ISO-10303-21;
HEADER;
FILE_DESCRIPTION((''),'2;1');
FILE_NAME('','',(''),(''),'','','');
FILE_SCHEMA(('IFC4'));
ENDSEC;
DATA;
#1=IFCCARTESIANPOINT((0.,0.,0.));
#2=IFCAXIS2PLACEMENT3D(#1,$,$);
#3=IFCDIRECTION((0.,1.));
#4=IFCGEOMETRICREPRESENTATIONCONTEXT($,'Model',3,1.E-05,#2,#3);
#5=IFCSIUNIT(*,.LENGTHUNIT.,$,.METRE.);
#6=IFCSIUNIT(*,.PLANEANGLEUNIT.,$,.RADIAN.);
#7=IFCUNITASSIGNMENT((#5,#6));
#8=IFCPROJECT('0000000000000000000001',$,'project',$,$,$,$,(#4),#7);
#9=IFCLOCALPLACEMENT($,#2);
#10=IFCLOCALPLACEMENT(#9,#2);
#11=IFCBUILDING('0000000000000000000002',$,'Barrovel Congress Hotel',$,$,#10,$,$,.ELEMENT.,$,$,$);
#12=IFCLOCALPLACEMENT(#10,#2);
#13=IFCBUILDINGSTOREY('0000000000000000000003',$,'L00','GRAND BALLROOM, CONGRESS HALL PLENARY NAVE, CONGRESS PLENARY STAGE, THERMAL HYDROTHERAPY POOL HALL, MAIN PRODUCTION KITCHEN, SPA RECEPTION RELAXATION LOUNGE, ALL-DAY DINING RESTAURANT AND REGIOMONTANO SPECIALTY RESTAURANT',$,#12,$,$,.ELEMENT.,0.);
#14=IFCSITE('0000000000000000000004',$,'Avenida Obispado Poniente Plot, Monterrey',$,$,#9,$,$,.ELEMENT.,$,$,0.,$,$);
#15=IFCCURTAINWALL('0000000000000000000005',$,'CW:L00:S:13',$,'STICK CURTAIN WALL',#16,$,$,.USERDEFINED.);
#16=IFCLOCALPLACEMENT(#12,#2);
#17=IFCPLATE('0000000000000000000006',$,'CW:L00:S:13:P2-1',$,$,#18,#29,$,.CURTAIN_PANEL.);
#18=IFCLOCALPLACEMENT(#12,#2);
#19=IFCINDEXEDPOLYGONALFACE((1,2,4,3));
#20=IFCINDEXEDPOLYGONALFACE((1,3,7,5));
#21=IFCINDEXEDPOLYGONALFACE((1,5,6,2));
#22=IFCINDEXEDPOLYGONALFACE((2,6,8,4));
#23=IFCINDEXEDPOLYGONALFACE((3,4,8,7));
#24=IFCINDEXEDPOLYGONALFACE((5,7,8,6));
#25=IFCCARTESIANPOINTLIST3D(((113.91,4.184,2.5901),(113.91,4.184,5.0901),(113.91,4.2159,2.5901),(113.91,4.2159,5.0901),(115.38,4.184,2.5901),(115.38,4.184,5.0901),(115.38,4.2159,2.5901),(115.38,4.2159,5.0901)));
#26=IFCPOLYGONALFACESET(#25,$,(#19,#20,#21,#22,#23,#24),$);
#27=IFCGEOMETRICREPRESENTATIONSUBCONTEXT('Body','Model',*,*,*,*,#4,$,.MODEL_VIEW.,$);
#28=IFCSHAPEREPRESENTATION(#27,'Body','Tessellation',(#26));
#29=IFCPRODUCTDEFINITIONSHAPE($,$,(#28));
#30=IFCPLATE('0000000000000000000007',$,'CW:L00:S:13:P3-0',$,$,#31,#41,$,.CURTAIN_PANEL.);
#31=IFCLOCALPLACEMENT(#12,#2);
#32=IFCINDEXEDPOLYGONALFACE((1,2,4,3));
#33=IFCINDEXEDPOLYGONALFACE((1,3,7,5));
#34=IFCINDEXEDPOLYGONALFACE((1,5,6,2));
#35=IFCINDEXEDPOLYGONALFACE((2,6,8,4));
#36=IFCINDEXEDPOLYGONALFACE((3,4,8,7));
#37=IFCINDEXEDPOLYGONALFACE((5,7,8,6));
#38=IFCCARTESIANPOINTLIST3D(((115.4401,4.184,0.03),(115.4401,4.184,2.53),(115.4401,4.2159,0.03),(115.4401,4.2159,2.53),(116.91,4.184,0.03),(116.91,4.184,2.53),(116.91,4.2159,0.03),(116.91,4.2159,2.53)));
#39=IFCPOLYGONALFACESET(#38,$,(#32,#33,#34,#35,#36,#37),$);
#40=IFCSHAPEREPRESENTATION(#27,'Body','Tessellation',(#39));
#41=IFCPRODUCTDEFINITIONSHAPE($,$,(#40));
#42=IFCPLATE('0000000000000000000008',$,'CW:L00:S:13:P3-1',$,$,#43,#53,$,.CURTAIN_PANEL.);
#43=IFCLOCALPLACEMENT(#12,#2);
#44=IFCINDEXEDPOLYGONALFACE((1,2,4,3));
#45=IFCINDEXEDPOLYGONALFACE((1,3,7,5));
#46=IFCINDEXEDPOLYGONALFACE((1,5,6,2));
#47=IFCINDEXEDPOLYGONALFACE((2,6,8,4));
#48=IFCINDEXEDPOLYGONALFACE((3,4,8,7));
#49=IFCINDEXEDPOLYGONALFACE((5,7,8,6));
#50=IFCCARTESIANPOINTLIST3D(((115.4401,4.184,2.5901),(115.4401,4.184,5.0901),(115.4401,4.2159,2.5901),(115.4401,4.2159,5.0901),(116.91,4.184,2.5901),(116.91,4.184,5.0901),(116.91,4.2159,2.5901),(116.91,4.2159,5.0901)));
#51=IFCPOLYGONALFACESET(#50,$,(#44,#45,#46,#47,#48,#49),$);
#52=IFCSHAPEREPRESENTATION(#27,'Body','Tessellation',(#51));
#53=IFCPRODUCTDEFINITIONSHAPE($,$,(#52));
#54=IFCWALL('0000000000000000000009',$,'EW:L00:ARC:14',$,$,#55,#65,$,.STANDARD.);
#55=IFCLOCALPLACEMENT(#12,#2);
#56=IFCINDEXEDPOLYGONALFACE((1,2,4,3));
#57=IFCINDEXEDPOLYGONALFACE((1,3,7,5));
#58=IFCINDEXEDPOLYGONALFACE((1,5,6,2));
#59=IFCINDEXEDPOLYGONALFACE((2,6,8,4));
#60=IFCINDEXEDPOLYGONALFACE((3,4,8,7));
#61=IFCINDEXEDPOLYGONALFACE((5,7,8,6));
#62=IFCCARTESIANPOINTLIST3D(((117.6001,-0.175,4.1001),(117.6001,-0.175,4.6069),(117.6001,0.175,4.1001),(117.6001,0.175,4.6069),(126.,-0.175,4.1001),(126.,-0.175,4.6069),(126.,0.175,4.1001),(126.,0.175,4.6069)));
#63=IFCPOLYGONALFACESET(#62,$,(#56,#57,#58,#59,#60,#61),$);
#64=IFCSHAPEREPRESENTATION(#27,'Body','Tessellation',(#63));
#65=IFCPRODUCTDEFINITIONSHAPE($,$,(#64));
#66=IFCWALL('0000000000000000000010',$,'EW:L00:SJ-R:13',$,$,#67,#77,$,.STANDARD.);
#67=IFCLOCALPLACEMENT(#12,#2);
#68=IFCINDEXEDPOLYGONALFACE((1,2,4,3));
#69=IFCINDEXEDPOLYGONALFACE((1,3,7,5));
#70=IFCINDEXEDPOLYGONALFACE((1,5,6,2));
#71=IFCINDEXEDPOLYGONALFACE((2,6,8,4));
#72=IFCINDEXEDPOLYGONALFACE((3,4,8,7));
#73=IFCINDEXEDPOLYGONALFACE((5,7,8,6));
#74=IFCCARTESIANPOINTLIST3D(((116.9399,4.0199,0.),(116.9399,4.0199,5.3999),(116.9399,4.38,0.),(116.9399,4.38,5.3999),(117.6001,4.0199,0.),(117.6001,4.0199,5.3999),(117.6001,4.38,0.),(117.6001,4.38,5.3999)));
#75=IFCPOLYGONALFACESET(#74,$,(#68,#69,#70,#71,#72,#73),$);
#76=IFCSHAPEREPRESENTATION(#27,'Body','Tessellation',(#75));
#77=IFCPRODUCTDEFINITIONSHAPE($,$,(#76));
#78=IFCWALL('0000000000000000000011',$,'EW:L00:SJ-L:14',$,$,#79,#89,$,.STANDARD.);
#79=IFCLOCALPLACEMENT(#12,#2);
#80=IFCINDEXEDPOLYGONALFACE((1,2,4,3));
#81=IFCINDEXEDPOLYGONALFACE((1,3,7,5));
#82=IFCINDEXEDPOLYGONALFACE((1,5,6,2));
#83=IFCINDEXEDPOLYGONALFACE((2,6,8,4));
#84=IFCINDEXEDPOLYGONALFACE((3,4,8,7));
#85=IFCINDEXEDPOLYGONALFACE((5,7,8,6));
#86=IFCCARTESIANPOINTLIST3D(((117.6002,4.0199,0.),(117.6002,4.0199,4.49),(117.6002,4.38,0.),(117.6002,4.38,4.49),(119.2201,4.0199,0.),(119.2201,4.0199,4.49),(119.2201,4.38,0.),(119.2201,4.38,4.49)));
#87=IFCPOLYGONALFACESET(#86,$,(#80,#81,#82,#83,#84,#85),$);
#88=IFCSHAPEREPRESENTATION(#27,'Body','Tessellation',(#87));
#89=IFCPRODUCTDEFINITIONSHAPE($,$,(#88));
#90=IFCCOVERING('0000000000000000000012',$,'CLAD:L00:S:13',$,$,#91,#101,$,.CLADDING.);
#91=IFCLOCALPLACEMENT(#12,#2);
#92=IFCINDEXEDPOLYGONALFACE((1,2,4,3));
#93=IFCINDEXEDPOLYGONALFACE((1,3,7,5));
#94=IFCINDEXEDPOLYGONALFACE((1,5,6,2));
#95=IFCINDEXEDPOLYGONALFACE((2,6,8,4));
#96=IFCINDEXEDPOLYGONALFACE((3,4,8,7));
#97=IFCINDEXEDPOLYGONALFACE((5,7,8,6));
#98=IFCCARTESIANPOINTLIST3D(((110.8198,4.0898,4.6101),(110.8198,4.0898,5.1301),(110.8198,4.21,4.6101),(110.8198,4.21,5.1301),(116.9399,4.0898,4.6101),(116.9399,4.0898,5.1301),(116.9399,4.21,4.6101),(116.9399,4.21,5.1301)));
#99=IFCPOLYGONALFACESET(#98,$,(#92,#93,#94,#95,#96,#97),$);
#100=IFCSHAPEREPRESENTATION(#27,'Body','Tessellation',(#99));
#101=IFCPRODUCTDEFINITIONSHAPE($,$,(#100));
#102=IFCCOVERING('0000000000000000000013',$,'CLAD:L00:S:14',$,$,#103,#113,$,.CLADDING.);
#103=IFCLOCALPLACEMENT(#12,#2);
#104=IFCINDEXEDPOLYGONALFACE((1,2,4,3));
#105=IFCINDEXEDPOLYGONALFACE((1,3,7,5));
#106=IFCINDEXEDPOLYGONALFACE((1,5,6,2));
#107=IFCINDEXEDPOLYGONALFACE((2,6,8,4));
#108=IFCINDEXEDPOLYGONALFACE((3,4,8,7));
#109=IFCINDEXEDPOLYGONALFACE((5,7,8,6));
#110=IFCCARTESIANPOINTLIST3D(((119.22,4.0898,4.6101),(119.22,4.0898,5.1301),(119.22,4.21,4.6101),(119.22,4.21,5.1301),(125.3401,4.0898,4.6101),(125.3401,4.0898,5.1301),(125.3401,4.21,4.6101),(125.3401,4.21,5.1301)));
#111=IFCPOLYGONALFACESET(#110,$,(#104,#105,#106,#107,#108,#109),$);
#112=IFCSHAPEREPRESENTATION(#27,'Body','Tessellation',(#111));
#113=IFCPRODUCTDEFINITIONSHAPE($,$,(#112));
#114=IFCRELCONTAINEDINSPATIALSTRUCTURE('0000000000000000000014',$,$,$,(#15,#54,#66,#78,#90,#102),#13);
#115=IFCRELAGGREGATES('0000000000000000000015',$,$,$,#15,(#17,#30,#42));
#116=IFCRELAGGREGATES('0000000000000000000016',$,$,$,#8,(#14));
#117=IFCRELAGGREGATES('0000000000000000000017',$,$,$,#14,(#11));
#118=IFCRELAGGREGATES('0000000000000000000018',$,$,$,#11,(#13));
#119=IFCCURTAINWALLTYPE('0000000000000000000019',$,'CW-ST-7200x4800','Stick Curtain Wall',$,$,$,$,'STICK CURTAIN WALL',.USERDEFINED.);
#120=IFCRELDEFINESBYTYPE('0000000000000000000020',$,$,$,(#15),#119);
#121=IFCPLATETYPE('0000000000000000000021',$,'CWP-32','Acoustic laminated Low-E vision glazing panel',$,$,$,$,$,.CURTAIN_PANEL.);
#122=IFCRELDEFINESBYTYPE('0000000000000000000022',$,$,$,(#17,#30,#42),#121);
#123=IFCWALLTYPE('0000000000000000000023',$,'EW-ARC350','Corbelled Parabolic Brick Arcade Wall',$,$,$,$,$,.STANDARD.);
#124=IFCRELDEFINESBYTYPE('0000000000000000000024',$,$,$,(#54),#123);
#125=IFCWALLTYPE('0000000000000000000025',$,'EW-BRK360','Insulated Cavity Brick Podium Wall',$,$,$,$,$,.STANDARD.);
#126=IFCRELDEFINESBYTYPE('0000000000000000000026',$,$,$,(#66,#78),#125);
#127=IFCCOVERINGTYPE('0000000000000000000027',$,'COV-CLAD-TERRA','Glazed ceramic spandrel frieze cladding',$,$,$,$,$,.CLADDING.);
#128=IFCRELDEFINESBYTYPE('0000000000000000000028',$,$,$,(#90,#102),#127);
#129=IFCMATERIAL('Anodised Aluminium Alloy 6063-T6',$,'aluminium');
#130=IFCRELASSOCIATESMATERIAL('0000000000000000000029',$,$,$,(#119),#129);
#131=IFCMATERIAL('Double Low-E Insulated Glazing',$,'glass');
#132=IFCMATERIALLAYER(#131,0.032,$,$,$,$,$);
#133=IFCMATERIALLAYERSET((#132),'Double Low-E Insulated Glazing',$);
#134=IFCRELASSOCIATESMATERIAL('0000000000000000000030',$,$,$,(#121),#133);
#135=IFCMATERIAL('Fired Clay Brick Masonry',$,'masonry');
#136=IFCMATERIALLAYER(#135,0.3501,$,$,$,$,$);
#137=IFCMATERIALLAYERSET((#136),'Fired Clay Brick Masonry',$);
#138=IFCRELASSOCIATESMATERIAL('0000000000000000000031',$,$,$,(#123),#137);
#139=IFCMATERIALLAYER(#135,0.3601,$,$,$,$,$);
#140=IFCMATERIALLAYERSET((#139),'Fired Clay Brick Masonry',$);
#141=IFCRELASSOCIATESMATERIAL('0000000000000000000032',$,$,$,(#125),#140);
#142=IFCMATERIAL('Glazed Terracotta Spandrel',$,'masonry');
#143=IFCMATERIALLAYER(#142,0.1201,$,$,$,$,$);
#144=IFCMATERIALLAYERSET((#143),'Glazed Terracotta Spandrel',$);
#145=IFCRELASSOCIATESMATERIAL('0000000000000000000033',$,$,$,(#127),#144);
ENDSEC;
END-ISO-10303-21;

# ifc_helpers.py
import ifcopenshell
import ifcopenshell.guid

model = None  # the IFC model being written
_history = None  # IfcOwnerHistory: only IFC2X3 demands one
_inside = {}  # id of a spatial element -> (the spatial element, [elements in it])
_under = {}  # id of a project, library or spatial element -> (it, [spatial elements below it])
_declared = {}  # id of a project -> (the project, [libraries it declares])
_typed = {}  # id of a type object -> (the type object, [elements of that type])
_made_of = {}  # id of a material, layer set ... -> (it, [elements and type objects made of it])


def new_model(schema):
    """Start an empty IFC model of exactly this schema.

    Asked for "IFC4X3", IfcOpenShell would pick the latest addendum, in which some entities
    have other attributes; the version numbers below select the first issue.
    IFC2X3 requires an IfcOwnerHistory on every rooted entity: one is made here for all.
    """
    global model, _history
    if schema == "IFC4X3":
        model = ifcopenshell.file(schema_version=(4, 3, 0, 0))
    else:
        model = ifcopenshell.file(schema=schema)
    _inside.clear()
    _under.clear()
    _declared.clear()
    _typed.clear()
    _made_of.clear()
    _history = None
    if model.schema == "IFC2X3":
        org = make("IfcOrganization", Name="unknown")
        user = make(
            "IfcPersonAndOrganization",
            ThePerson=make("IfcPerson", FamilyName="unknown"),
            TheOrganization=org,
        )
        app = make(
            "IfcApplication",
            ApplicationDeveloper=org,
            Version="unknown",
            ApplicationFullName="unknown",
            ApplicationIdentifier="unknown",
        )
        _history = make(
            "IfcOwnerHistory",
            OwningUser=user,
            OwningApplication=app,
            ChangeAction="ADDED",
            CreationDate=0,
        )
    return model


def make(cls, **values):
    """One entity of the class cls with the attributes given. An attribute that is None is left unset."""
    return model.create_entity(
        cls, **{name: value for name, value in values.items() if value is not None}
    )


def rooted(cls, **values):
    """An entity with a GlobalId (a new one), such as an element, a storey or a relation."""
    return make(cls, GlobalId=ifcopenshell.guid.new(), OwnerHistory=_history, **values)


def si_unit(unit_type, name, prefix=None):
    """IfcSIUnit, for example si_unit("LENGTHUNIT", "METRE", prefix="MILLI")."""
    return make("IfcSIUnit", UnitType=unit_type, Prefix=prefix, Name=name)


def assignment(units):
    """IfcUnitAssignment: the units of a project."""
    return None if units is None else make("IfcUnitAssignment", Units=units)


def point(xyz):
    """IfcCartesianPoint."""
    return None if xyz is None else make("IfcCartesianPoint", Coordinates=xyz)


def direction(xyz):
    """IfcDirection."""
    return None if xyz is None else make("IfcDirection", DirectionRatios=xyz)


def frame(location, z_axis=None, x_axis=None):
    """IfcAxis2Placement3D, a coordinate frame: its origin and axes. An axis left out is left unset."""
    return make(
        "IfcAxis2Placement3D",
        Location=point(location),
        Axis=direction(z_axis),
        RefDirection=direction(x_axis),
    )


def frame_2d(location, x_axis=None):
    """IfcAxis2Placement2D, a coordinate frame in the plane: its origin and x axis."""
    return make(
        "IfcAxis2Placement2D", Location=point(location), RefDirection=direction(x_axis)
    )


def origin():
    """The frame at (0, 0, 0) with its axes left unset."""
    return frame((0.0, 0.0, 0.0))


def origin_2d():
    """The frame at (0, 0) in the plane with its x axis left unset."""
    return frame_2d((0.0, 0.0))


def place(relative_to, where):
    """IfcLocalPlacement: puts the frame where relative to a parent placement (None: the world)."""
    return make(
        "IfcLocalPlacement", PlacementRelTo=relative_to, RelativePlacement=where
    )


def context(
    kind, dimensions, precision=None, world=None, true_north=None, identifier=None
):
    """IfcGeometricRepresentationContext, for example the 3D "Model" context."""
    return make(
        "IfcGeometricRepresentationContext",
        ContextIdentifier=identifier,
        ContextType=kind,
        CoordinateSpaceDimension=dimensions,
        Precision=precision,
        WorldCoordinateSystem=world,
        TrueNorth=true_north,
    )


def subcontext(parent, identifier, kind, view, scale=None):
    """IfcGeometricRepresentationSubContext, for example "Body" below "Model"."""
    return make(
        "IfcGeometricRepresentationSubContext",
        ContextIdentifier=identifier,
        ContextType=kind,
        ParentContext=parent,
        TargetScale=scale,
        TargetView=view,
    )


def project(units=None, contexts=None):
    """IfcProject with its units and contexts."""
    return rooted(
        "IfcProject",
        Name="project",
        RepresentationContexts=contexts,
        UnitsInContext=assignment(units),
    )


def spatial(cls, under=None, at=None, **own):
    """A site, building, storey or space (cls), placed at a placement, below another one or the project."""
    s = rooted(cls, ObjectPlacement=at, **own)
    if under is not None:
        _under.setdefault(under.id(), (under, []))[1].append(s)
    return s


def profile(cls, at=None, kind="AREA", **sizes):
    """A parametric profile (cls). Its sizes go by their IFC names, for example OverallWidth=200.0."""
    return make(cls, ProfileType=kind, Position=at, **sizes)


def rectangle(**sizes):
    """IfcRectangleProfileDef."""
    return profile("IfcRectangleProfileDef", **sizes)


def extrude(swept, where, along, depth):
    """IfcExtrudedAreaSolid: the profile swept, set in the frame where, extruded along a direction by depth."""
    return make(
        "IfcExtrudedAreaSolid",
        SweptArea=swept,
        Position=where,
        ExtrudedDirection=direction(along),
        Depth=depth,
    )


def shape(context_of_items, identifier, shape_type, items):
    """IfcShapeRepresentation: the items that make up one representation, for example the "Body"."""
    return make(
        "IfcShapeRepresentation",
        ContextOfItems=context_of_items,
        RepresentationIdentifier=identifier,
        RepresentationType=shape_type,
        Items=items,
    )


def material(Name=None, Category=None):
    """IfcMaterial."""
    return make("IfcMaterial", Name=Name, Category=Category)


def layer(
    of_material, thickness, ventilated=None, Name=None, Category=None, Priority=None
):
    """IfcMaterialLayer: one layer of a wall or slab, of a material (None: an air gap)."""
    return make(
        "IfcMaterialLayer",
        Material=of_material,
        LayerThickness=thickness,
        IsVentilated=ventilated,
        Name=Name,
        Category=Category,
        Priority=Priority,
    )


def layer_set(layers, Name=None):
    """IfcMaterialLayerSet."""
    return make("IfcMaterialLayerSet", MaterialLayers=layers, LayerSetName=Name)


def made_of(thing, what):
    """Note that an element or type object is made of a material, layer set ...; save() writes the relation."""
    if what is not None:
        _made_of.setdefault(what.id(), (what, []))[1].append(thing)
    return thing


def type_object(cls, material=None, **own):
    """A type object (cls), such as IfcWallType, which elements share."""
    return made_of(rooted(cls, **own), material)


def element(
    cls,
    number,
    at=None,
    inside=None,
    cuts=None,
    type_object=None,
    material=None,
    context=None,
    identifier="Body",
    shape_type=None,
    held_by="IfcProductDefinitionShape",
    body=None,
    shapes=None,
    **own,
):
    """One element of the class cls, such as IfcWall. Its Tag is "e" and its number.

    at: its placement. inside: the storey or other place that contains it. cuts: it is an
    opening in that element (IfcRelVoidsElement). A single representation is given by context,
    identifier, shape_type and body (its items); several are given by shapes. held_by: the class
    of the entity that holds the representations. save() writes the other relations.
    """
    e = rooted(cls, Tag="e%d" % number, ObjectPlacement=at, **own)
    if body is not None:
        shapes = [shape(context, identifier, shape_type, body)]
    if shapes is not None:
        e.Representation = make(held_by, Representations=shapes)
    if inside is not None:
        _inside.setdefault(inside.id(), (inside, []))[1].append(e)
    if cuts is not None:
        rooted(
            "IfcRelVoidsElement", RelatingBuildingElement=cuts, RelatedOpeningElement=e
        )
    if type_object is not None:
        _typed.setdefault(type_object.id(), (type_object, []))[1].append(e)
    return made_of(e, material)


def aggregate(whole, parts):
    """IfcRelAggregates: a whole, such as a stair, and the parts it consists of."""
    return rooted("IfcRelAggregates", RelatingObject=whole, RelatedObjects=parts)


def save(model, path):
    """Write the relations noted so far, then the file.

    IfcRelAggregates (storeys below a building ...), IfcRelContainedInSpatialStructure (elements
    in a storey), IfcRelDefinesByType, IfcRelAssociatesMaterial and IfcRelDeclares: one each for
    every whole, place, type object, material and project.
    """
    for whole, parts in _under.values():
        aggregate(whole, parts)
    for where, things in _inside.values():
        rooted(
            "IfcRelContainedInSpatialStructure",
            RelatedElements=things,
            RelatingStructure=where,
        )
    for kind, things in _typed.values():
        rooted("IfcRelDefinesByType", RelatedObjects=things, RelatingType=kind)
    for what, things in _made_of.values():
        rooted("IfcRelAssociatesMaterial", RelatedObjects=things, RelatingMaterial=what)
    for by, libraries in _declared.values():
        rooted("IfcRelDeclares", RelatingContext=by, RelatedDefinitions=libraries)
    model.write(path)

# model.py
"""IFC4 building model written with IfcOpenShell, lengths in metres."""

from ifc_helpers import new_model, si_unit, direction, frame, frame_2d, origin, origin_2d, place, context, subcontext, project, spatial, rectangle, extrude, material, layer, layer_set, type_object, element, aggregate, save


model = new_model("IFC4")

# Units and contexts
model_context = context("Model", 3, precision=1e-05, world=origin(), true_north=direction((0.0, 1.0)))
body_context = subcontext(model_context, "Body", "Model", "MODEL_VIEW")
ifc_project = project(units=[si_unit("LENGTHUNIT", "METRE"), si_unit("PLANEANGLEUNIT", "RADIAN")], contexts=[model_context])

# Site, building, storey
site_placement = place(None, origin())
site = spatial("IfcSite", under=ifc_project, at=site_placement, Name="Avenida Obispado Poniente Plot, Monterrey", CompositionType="ELEMENT", RefElevation=0.0)
building_placement = place(site_placement, origin())
building = spatial("IfcBuilding", under=site, at=building_placement, Name="Barrovel Congress Hotel", CompositionType="ELEMENT")
storey_placement = place(building_placement, origin())
storey = spatial("IfcBuildingStorey", under=building, at=storey_placement, Name="L00", Description="GRAND BALLROOM, CONGRESS HALL PLENARY NAVE, CONGRESS PLENARY STAGE, THERMAL HYDROTHERAPY POOL HALL, MAIN PRODUCTION KITCHEN, SPA RECEPTION RELAXATION LOUNGE, ALL-DAY DINING RESTAURANT AND REGIOMONTANO SPECIALTY RESTAURANT", CompositionType="ELEMENT", Elevation=0.0)

# Curtain wall
ifc_material_1 = material(Name="Anodised Aluminium Alloy 6063-T6", Category="aluminium")
curtain_wall_type = type_object("IfcCurtainWallType", Name="CW-ST-7200x4800", Description="Stick Curtain Wall", ElementType="STICK CURTAIN WALL", PredefinedType="USERDEFINED", material=ifc_material_1)
curtain_wall_1_placement = place(storey_placement, origin())
curtain_wall_1 = element("IfcCurtainWall", 1, at=curtain_wall_1_placement, inside=storey, type_object=curtain_wall_type, Name="CW:L00:S:13", ObjectType="STICK CURTAIN WALL", PredefinedType="USERDEFINED")

# Plates
ifc_material_2 = material(Name="Double Low-E Insulated Glazing", Category="glass")
ifc_layer_1 = layer(ifc_material_2, 0.032)
ifc_layer_set_1 = layer_set([ifc_layer_1], Name="Double Low-E Insulated Glazing")
plate_type_1 = type_object("IfcPlateType", Name="CWP-32", Description="Acoustic laminated Low-E vision glazing panel", PredefinedType="CURTAIN_PANEL", material=ifc_layer_set_1)
plate_1_placement = place(storey_placement, frame((114.645, 4.2, 2.5901), z_axis=(0.0, 0.0, 1.0), x_axis=(1.0, 0.0, 0.0)))
plate_1 = element("IfcPlate", 2, at=plate_1_placement, type_object=plate_type_1, Name="CW:L00:S:13:P2-1", PredefinedType="CURTAIN_PANEL", context=body_context, shape_type="SweptSolid", body=[
    extrude(rectangle(XDim=1.47, YDim=0.032, at=origin_2d()), origin(), (0.0, 0.0, 1.0), 2.5),
])
plate_2_placement = place(storey_placement, frame((116.175, 4.2, 0.03), z_axis=(0.0, 0.0, 1.0), x_axis=(1.0, 0.0, 0.0)))
plate_2 = element("IfcPlate", 3, at=plate_2_placement, type_object=plate_type_1, Name="CW:L00:S:13:P3-0", PredefinedType="CURTAIN_PANEL", context=body_context, shape_type="SweptSolid", body=[
    extrude(rectangle(XDim=1.47, YDim=0.032, at=origin_2d()), origin(), (0.0, 0.0, 1.0), 2.5),
])
plate_3_placement = place(storey_placement, frame((116.175, 4.2, 2.5901), z_axis=(0.0, 0.0, 1.0), x_axis=(1.0, 0.0, 0.0)))
plate_3 = element("IfcPlate", 4, at=plate_3_placement, type_object=plate_type_1, Name="CW:L00:S:13:P3-1", PredefinedType="CURTAIN_PANEL", context=body_context, shape_type="SweptSolid", body=[
    extrude(rectangle(XDim=1.47, YDim=0.032, at=origin_2d()), origin(), (0.0, 0.0, 1.0), 2.5),
])
aggregate(curtain_wall_1, [plate_1, plate_2, plate_3])

# Walls
ifc_material_3 = material(Name="Fired Clay Brick Masonry", Category="masonry")
ifc_layer_2 = layer(ifc_material_3, 0.3501)
ifc_layer_set_2 = layer_set([ifc_layer_2], Name="Fired Clay Brick Masonry")
wall_type_1 = type_object("IfcWallType", Name="EW-ARC350", Description="Corbelled Parabolic Brick Arcade Wall", PredefinedType="STANDARD", material=ifc_layer_set_2)
wall_1_placement = place(storey_placement, frame((117.6001, 0.0, 4.1001), z_axis=(0.0, 0.0, 1.0), x_axis=(1.0, 0.0, 0.0)))
element("IfcWall", 5, at=wall_1_placement, inside=storey, type_object=wall_type_1, Name="EW:L00:ARC:14", PredefinedType="STANDARD", context=body_context, shape_type="SweptSolid", body=[
    extrude(rectangle(XDim=8.3999, YDim=0.3501, at=frame_2d((4.2, 0.0))), origin(), (0.0, 0.0, 1.0), 0.5068),
])
ifc_layer_3 = layer(ifc_material_3, 0.3601)
ifc_layer_set_3 = layer_set([ifc_layer_3], Name="Fired Clay Brick Masonry")
wall_type_2 = type_object("IfcWallType", Name="EW-BRK360", Description="Insulated Cavity Brick Podium Wall", PredefinedType="STANDARD", material=ifc_layer_set_3)
wall_2_placement = place(storey_placement, frame((116.9399, 4.2, 0.0), z_axis=(0.0, 0.0, 1.0), x_axis=(1.0, 0.0, 0.0)))
element("IfcWall", 6, at=wall_2_placement, inside=storey, type_object=wall_type_2, Name="EW:L00:SJ-R:13", PredefinedType="STANDARD", context=body_context, shape_type="SweptSolid", body=[
    extrude(rectangle(XDim=0.6602, YDim=0.3601, at=frame_2d((0.3301, 0.0))), origin(), (0.0, 0.0, 1.0), 5.3999),
])
wall_3_placement = place(storey_placement, frame((117.6001, 4.2, 0.0), z_axis=(0.0, 0.0, 1.0), x_axis=(1.0, 0.0, 0.0)))
element("IfcWall", 7, at=wall_3_placement, inside=storey, type_object=wall_type_2, Name="EW:L00:SJ-L:14", PredefinedType="STANDARD", context=body_context, shape_type="SweptSolid", body=[
    extrude(rectangle(XDim=1.6199, YDim=0.3601, at=frame_2d((0.8101, 0.0))), origin(), (0.0, 0.0, 1.0), 4.49),
])

# Coverings
ifc_material_4 = material(Name="Glazed Terracotta Spandrel", Category="masonry")
ifc_layer_4 = layer(ifc_material_4, 0.1201)
ifc_layer_set_4 = layer_set([ifc_layer_4], Name="Glazed Terracotta Spandrel")
covering_type = type_object("IfcCoveringType", Name="COV-CLAD-TERRA", Description="Glazed ceramic spandrel frieze cladding", PredefinedType="CLADDING", material=ifc_layer_set_4)
for number, where, z_axis, x_axis, name in (
    (8, (113.8799, 4.1499, 4.6101), (0.0, 0.0, 1.0), (1.0, 0.0, 0.0), "CLAD:L00:S:13"),
    (9, (122.28, 4.1499, 4.6101), (0.0, 0.0, 1.0), (1.0, 0.0, 0.0), "CLAD:L00:S:14"),
):
    element("IfcCovering", number, at=place(storey_placement, frame(where, z_axis=z_axis, x_axis=x_axis)), inside=storey, type_object=covering_type, Name=name, PredefinedType="CLADDING", context=body_context, shape_type="SweptSolid", body=[
        extrude(rectangle(XDim=6.1201, YDim=0.1201, at=origin_2d()), origin(), (0.0, 0.0, 1.0), 0.52),
    ])

save(model, "model.ifc")
